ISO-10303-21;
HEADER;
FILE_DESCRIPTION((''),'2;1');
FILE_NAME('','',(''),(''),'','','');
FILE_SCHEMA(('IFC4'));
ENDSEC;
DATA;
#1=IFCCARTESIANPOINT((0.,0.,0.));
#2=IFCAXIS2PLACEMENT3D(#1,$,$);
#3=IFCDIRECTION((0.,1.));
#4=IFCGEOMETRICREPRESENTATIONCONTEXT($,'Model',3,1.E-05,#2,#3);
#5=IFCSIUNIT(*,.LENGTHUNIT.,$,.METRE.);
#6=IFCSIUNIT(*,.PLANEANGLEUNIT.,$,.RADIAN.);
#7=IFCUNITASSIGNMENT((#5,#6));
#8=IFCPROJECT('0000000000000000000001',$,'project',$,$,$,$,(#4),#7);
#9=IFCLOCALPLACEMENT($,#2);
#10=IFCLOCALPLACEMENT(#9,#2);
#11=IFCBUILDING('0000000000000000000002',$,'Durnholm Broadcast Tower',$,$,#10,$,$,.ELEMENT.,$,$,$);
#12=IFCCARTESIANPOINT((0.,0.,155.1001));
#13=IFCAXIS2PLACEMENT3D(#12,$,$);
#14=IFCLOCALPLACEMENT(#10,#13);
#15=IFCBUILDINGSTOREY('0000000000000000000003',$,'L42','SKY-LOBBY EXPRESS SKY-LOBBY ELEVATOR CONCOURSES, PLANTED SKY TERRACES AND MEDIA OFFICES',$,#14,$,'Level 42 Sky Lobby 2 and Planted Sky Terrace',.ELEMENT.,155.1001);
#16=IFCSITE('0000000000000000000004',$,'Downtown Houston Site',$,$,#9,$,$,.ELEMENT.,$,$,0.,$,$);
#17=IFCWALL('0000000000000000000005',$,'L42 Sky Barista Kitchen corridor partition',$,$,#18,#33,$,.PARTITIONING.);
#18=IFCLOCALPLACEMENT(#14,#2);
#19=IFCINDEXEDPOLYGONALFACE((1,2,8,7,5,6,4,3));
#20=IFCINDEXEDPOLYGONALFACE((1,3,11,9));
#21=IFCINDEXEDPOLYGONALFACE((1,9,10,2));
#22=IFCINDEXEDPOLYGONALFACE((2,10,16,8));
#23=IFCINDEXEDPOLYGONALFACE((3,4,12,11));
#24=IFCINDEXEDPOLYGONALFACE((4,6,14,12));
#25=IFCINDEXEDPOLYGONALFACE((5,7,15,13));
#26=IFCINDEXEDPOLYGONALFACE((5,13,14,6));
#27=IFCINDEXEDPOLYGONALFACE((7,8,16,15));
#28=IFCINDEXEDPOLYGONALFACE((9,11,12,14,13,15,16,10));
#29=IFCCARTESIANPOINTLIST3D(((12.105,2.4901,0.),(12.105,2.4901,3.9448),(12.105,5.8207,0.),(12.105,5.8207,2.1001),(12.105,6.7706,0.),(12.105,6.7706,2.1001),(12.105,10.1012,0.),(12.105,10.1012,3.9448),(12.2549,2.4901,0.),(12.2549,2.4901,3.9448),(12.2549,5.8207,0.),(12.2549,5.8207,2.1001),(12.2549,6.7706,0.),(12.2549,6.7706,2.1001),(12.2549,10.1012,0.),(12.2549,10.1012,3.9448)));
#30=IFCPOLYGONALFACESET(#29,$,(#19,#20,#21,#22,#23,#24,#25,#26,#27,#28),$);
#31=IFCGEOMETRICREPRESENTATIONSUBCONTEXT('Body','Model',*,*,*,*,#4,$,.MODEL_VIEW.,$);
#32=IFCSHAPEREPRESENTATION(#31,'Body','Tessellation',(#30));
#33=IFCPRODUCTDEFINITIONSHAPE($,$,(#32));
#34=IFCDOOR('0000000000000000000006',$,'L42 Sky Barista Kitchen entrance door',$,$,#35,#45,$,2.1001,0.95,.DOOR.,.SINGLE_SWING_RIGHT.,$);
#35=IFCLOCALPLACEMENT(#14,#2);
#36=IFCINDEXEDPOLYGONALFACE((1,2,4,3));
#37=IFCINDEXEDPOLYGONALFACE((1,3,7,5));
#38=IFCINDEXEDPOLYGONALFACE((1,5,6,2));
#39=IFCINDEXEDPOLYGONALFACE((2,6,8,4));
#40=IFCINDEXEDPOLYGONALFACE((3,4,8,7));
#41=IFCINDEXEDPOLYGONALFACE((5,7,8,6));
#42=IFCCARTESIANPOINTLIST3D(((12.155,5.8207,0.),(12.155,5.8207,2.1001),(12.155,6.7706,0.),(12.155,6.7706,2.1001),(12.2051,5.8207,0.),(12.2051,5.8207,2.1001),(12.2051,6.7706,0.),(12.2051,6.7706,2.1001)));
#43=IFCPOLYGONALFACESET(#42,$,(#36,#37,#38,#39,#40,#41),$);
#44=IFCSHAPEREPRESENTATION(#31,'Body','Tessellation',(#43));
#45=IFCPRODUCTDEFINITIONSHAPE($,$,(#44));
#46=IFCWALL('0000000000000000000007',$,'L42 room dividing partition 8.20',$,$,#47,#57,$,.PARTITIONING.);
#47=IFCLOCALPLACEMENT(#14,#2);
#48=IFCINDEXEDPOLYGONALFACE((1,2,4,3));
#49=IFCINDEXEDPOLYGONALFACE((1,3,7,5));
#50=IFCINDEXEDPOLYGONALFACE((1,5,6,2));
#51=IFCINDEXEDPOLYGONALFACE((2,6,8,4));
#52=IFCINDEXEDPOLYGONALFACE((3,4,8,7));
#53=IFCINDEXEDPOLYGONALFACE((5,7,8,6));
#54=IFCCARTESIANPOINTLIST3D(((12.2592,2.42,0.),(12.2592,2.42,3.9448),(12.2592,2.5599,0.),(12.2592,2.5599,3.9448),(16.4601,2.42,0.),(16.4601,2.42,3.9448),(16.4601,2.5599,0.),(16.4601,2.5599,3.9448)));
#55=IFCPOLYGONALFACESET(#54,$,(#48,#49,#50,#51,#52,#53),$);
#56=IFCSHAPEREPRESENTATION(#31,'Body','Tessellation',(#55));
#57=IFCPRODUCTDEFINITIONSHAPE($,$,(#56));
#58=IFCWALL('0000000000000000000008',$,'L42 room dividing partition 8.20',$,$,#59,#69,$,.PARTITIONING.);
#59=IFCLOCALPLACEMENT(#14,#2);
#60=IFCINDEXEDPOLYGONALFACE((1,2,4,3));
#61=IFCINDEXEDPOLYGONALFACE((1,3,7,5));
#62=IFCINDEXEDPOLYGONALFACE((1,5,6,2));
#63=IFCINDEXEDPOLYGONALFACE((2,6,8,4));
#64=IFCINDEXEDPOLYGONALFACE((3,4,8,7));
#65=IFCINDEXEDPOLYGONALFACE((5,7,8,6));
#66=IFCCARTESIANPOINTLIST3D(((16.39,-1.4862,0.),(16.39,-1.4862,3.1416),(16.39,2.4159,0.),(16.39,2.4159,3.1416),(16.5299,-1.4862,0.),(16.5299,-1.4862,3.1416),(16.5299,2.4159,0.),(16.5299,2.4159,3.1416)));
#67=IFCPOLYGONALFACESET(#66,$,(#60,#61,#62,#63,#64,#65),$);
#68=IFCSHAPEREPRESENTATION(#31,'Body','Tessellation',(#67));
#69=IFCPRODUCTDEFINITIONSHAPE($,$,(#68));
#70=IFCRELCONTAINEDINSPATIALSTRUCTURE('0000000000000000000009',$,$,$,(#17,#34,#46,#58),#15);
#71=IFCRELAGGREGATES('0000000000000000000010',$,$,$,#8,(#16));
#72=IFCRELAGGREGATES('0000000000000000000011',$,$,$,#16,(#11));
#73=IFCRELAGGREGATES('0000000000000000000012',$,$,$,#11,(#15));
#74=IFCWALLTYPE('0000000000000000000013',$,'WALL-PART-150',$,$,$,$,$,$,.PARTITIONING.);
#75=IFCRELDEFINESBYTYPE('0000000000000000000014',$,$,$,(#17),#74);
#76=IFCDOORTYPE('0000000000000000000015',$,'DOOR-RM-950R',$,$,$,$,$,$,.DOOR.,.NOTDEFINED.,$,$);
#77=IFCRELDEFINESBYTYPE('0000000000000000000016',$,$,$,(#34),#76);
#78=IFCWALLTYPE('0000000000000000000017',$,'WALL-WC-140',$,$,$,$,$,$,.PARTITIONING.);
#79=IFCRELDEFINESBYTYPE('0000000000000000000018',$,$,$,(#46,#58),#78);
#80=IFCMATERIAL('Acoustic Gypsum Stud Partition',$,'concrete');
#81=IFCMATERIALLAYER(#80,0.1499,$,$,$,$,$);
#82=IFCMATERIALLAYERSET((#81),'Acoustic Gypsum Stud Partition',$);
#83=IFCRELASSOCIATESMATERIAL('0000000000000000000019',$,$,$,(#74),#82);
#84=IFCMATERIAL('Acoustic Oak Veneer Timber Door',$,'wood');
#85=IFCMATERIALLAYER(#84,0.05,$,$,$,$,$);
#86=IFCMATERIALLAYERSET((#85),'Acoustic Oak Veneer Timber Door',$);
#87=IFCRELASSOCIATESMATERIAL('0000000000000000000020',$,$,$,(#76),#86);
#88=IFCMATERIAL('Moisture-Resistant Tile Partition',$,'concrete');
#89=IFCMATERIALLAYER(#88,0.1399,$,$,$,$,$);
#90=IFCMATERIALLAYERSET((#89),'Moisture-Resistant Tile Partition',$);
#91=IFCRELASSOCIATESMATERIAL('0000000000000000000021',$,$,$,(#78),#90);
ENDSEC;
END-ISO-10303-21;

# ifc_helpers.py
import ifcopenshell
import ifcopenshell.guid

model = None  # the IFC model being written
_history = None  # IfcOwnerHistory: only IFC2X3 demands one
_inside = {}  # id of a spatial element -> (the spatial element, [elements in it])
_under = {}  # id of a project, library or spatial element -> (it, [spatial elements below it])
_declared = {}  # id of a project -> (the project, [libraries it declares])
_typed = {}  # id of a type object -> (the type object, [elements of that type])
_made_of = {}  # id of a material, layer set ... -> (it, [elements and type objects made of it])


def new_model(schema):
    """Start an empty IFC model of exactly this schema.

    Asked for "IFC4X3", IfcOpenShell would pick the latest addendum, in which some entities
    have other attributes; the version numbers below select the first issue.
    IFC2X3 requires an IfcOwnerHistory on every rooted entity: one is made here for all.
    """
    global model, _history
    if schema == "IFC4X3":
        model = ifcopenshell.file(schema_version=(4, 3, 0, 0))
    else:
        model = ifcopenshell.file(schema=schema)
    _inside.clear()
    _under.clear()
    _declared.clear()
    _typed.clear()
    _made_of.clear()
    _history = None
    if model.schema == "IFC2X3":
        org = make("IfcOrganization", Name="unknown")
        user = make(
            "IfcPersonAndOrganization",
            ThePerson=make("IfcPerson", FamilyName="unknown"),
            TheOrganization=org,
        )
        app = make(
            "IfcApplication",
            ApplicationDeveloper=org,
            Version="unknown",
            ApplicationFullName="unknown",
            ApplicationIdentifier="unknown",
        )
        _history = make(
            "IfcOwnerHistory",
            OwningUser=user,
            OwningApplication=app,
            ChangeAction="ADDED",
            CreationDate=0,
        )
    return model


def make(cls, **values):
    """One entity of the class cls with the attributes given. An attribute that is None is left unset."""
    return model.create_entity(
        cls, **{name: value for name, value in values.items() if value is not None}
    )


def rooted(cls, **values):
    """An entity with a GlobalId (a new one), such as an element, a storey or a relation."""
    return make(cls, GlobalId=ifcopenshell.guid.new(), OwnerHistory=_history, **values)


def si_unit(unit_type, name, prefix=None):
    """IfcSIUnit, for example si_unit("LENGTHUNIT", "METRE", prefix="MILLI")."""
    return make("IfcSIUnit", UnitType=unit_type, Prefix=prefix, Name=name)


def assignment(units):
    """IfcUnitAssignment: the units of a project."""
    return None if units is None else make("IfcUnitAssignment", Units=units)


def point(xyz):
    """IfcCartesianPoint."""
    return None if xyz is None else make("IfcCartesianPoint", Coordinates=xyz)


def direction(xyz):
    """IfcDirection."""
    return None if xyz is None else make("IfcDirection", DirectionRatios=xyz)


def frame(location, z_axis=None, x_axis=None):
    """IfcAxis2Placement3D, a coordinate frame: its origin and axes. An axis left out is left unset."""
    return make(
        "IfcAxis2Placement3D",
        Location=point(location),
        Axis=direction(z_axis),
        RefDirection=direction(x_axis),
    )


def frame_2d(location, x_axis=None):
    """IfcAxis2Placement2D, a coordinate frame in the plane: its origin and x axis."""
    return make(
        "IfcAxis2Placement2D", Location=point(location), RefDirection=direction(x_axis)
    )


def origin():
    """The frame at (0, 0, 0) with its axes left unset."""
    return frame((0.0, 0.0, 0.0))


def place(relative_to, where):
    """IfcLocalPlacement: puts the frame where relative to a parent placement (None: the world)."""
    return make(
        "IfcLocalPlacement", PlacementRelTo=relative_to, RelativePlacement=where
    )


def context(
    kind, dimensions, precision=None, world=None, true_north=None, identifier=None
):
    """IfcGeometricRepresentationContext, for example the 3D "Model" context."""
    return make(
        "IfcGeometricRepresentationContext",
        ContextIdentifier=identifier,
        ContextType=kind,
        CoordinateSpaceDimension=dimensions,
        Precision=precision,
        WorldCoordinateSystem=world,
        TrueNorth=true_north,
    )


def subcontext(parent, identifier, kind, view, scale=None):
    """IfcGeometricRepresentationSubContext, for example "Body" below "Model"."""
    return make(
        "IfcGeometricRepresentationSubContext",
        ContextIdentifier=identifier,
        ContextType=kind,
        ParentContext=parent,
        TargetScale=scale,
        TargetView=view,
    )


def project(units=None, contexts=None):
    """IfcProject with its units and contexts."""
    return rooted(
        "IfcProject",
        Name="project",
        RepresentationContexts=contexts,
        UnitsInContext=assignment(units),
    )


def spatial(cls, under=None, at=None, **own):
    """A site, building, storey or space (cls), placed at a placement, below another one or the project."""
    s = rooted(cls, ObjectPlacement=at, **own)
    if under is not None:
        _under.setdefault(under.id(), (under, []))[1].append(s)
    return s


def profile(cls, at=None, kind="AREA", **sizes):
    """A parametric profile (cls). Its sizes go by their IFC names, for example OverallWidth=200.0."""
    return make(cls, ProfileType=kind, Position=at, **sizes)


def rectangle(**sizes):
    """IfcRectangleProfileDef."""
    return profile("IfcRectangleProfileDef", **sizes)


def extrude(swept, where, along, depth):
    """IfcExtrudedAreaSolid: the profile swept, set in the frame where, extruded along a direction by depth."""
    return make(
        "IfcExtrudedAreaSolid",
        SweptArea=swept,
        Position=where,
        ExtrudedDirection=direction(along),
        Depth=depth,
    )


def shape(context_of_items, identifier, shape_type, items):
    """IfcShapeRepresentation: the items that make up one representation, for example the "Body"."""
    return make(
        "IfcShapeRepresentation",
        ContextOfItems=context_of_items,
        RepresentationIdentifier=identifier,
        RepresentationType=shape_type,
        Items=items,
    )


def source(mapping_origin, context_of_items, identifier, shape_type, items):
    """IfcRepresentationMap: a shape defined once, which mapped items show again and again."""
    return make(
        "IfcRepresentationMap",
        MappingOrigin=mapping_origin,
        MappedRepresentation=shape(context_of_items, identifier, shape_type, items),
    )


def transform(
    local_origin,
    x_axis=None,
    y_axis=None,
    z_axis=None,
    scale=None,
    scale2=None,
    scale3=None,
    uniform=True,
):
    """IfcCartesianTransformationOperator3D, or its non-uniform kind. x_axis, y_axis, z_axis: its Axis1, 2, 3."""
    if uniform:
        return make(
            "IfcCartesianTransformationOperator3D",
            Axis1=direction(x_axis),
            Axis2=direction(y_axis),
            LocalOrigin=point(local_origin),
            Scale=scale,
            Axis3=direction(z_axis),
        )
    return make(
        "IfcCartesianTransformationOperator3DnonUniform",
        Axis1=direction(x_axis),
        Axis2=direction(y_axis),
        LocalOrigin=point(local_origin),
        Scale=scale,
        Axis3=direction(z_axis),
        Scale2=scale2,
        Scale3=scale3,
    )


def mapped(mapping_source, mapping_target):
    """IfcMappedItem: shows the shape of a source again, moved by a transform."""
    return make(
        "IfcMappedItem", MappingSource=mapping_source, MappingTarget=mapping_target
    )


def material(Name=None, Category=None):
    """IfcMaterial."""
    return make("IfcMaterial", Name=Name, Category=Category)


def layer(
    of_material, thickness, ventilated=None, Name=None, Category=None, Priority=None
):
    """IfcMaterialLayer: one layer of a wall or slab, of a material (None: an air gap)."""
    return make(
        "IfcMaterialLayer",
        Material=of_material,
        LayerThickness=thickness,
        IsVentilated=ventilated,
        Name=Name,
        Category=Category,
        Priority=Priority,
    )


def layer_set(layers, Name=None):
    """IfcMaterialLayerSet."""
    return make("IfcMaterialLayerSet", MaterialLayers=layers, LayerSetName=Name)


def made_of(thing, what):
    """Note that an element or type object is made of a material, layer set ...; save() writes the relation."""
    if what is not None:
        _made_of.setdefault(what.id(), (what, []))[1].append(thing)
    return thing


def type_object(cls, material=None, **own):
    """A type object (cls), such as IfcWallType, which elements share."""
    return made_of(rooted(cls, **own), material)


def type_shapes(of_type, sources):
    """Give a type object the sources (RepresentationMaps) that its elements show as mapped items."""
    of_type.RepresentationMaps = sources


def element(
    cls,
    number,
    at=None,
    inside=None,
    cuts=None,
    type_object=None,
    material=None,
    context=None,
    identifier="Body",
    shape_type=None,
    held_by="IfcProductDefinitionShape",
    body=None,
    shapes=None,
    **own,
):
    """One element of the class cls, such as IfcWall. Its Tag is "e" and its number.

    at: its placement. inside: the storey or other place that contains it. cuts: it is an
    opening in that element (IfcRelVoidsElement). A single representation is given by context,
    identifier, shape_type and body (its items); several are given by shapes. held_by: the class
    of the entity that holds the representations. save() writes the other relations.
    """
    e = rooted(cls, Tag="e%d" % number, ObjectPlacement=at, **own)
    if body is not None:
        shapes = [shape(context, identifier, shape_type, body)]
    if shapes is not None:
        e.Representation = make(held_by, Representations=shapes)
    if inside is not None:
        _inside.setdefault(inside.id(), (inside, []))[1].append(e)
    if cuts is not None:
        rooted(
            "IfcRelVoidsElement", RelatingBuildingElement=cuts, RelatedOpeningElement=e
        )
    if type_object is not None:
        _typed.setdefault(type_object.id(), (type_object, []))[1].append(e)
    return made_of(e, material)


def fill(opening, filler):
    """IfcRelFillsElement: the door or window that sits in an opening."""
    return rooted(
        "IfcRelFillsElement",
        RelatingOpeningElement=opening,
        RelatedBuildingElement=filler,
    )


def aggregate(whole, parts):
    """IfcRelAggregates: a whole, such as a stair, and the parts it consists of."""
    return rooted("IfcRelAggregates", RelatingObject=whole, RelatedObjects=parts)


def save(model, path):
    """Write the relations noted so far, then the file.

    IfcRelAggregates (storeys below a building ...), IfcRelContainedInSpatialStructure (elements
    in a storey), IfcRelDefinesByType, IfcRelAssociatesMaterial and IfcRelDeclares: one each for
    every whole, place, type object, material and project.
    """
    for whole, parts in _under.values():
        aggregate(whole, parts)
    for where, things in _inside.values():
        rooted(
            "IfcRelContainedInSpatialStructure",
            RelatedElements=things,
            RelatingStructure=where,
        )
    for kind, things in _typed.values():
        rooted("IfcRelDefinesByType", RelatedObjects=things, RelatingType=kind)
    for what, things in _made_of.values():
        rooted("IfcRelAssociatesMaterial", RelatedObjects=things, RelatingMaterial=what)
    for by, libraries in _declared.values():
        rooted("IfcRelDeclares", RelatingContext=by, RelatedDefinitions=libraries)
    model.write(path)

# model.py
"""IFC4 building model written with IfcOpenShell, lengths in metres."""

from ifc_helpers import new_model, si_unit, direction, frame, frame_2d, origin, place, context, subcontext, project, spatial, rectangle, extrude, source, transform, mapped, material, layer, layer_set, type_object, type_shapes, element, fill, save


model = new_model("IFC4")

# Units and contexts
model_context = context("Model", 3, precision=1e-05, world=origin(), true_north=direction((0.0, 1.0)))
body_context = subcontext(model_context, "Body", "Model", "MODEL_VIEW")
ifc_project = project(units=[si_unit("LENGTHUNIT", "METRE"), si_unit("PLANEANGLEUNIT", "RADIAN")], contexts=[model_context])

# Site, building, storey
site_placement = place(None, origin())
site = spatial("IfcSite", under=ifc_project, at=site_placement, Name="Downtown Houston Site", CompositionType="ELEMENT", RefElevation=0.0)
building_placement = place(site_placement, origin())
building = spatial("IfcBuilding", under=site, at=building_placement, Name="Durnholm Broadcast Tower", CompositionType="ELEMENT")
storey_placement = place(building_placement, frame((0.0, 0.0, 155.1001)))
storey = spatial("IfcBuildingStorey", under=building, at=storey_placement, Name="L42", Description="SKY-LOBBY EXPRESS SKY-LOBBY ELEVATOR CONCOURSES, PLANTED SKY TERRACES AND MEDIA OFFICES", LongName="Level 42 Sky Lobby 2 and Planted Sky Terrace", CompositionType="ELEMENT", Elevation=155.1001)

# Wall, opening, door
ifc_material_1 = material(Name="Acoustic Gypsum Stud Partition", Category="concrete")
ifc_layer_1 = layer(ifc_material_1, 0.1499)
ifc_layer_set_1 = layer_set([ifc_layer_1], Name="Acoustic Gypsum Stud Partition")
wall_type_1 = type_object("IfcWallType", Name="WALL-PART-150", PredefinedType="PARTITIONING", material=ifc_layer_set_1)
wall_1_placement = place(storey_placement, frame((12.1799, 2.49, 0.0), z_axis=(0.0, 0.0, 1.0), x_axis=(0.0, 1.0, 0.0)))
wall_1 = element("IfcWall", 1, at=wall_1_placement, inside=storey, type_object=wall_type_1, Name="L42 Sky Barista Kitchen corridor partition", PredefinedType="PARTITIONING", context=body_context, shape_type="SweptSolid", body=[
    extrude(rectangle(XDim=7.6111, YDim=0.1499, at=frame_2d((3.8057, 0.0))), origin(), (0.0, 0.0, 1.0), 3.9448),
])
opening_1_placement = place(wall_1_placement, frame((3.3306, 0.0, 0.0)))
opening_1 = element("IfcOpeningElement", 2, at=opening_1_placement, cuts=wall_1, PredefinedType="OPENING", context=body_context, shape_type="SweptSolid", body=[
    extrude(rectangle(XDim=0.95, YDim=2.1001, at=frame_2d((0.4751, 1.05))), frame((0.0, 0.085, 0.0), z_axis=(0.0, -1.0, 0.0), x_axis=(1.0, 0.0, 0.0)), (0.0, 0.0, 1.0), 0.1699),
])
ifc_material_2 = material(Name="Acoustic Oak Veneer Timber Door", Category="wood")
ifc_layer_2 = layer(ifc_material_2, 0.05)
ifc_layer_set_2 = layer_set([ifc_layer_2], Name="Acoustic Oak Veneer Timber Door")
door_type_1 = type_object("IfcDoorType", Name="DOOR-RM-950R", OperationType="NOTDEFINED", PredefinedType="DOOR", material=ifc_layer_set_2)
shared_shape_1 = source(origin(), body_context, "Body", "SweptSolid", [
    extrude(rectangle(XDim=0.95, YDim=2.1001, at=frame_2d((0.4751, 1.05))), frame((0.0, 0.0249, 0.0), z_axis=(0.0, -1.0, 0.0), x_axis=(1.0, 0.0, 0.0)), (0.0, 0.0, 1.0), 0.05),
])
type_shapes(door_type_1, [shared_shape_1])
door_1_placement = place(opening_1_placement, origin())
door_1 = element("IfcDoor", 3, at=door_1_placement, inside=storey, type_object=door_type_1, Name="L42 Sky Barista Kitchen entrance door", OperationType="SINGLE_SWING_RIGHT", OverallHeight=2.1001, OverallWidth=0.95, PredefinedType="DOOR", context=body_context, shape_type="MappedRepresentation", body=[
    mapped(shared_shape_1, transform((0.0, 0.0, 0.0), x_axis=(1.0, 0.0, 0.0), y_axis=(0.0, 1.0, 0.0), z_axis=(0.0, 0.0, 1.0), scale=1.0)),
])
fill(opening_1, door_1)

# Walls
ifc_material_3 = material(Name="Moisture-Resistant Tile Partition", Category="concrete")
ifc_layer_3 = layer(ifc_material_3, 0.1399)
ifc_layer_set_3 = layer_set([ifc_layer_3], Name="Moisture-Resistant Tile Partition")
wall_type_2 = type_object("IfcWallType", Name="WALL-WC-140", PredefinedType="PARTITIONING", material=ifc_layer_set_3)
wall_2_placement = place(storey_placement, frame((12.259, 2.49, 0.0), z_axis=(0.0, 0.0, 1.0), x_axis=(1.0, 0.0, 0.0)))
element("IfcWall", 4, at=wall_2_placement, inside=storey, type_object=wall_type_2, Name="L42 room dividing partition 8.20", PredefinedType="PARTITIONING", context=body_context, shape_type="SweptSolid", body=[
    extrude(rectangle(XDim=4.2009, YDim=0.1399, at=frame_2d((2.1006, 0.0))), origin(), (0.0, 0.0, 1.0), 3.9448),
])
wall_3_placement = place(storey_placement, frame((16.46, 2.416, 0.0), z_axis=(0.0, 0.0, 1.0), x_axis=(0.0, -1.0, 0.0)))
element("IfcWall", 5, at=wall_3_placement, inside=storey, type_object=wall_type_2, Name="L42 room dividing partition 8.20", PredefinedType="PARTITIONING", context=body_context, shape_type="SweptSolid", body=[
    extrude(rectangle(XDim=3.9021, YDim=0.1399, at=frame_2d((1.9512, 0.0))), origin(), (0.0, 0.0, 1.0), 3.1416),
])

save(model, "model.ifc")
